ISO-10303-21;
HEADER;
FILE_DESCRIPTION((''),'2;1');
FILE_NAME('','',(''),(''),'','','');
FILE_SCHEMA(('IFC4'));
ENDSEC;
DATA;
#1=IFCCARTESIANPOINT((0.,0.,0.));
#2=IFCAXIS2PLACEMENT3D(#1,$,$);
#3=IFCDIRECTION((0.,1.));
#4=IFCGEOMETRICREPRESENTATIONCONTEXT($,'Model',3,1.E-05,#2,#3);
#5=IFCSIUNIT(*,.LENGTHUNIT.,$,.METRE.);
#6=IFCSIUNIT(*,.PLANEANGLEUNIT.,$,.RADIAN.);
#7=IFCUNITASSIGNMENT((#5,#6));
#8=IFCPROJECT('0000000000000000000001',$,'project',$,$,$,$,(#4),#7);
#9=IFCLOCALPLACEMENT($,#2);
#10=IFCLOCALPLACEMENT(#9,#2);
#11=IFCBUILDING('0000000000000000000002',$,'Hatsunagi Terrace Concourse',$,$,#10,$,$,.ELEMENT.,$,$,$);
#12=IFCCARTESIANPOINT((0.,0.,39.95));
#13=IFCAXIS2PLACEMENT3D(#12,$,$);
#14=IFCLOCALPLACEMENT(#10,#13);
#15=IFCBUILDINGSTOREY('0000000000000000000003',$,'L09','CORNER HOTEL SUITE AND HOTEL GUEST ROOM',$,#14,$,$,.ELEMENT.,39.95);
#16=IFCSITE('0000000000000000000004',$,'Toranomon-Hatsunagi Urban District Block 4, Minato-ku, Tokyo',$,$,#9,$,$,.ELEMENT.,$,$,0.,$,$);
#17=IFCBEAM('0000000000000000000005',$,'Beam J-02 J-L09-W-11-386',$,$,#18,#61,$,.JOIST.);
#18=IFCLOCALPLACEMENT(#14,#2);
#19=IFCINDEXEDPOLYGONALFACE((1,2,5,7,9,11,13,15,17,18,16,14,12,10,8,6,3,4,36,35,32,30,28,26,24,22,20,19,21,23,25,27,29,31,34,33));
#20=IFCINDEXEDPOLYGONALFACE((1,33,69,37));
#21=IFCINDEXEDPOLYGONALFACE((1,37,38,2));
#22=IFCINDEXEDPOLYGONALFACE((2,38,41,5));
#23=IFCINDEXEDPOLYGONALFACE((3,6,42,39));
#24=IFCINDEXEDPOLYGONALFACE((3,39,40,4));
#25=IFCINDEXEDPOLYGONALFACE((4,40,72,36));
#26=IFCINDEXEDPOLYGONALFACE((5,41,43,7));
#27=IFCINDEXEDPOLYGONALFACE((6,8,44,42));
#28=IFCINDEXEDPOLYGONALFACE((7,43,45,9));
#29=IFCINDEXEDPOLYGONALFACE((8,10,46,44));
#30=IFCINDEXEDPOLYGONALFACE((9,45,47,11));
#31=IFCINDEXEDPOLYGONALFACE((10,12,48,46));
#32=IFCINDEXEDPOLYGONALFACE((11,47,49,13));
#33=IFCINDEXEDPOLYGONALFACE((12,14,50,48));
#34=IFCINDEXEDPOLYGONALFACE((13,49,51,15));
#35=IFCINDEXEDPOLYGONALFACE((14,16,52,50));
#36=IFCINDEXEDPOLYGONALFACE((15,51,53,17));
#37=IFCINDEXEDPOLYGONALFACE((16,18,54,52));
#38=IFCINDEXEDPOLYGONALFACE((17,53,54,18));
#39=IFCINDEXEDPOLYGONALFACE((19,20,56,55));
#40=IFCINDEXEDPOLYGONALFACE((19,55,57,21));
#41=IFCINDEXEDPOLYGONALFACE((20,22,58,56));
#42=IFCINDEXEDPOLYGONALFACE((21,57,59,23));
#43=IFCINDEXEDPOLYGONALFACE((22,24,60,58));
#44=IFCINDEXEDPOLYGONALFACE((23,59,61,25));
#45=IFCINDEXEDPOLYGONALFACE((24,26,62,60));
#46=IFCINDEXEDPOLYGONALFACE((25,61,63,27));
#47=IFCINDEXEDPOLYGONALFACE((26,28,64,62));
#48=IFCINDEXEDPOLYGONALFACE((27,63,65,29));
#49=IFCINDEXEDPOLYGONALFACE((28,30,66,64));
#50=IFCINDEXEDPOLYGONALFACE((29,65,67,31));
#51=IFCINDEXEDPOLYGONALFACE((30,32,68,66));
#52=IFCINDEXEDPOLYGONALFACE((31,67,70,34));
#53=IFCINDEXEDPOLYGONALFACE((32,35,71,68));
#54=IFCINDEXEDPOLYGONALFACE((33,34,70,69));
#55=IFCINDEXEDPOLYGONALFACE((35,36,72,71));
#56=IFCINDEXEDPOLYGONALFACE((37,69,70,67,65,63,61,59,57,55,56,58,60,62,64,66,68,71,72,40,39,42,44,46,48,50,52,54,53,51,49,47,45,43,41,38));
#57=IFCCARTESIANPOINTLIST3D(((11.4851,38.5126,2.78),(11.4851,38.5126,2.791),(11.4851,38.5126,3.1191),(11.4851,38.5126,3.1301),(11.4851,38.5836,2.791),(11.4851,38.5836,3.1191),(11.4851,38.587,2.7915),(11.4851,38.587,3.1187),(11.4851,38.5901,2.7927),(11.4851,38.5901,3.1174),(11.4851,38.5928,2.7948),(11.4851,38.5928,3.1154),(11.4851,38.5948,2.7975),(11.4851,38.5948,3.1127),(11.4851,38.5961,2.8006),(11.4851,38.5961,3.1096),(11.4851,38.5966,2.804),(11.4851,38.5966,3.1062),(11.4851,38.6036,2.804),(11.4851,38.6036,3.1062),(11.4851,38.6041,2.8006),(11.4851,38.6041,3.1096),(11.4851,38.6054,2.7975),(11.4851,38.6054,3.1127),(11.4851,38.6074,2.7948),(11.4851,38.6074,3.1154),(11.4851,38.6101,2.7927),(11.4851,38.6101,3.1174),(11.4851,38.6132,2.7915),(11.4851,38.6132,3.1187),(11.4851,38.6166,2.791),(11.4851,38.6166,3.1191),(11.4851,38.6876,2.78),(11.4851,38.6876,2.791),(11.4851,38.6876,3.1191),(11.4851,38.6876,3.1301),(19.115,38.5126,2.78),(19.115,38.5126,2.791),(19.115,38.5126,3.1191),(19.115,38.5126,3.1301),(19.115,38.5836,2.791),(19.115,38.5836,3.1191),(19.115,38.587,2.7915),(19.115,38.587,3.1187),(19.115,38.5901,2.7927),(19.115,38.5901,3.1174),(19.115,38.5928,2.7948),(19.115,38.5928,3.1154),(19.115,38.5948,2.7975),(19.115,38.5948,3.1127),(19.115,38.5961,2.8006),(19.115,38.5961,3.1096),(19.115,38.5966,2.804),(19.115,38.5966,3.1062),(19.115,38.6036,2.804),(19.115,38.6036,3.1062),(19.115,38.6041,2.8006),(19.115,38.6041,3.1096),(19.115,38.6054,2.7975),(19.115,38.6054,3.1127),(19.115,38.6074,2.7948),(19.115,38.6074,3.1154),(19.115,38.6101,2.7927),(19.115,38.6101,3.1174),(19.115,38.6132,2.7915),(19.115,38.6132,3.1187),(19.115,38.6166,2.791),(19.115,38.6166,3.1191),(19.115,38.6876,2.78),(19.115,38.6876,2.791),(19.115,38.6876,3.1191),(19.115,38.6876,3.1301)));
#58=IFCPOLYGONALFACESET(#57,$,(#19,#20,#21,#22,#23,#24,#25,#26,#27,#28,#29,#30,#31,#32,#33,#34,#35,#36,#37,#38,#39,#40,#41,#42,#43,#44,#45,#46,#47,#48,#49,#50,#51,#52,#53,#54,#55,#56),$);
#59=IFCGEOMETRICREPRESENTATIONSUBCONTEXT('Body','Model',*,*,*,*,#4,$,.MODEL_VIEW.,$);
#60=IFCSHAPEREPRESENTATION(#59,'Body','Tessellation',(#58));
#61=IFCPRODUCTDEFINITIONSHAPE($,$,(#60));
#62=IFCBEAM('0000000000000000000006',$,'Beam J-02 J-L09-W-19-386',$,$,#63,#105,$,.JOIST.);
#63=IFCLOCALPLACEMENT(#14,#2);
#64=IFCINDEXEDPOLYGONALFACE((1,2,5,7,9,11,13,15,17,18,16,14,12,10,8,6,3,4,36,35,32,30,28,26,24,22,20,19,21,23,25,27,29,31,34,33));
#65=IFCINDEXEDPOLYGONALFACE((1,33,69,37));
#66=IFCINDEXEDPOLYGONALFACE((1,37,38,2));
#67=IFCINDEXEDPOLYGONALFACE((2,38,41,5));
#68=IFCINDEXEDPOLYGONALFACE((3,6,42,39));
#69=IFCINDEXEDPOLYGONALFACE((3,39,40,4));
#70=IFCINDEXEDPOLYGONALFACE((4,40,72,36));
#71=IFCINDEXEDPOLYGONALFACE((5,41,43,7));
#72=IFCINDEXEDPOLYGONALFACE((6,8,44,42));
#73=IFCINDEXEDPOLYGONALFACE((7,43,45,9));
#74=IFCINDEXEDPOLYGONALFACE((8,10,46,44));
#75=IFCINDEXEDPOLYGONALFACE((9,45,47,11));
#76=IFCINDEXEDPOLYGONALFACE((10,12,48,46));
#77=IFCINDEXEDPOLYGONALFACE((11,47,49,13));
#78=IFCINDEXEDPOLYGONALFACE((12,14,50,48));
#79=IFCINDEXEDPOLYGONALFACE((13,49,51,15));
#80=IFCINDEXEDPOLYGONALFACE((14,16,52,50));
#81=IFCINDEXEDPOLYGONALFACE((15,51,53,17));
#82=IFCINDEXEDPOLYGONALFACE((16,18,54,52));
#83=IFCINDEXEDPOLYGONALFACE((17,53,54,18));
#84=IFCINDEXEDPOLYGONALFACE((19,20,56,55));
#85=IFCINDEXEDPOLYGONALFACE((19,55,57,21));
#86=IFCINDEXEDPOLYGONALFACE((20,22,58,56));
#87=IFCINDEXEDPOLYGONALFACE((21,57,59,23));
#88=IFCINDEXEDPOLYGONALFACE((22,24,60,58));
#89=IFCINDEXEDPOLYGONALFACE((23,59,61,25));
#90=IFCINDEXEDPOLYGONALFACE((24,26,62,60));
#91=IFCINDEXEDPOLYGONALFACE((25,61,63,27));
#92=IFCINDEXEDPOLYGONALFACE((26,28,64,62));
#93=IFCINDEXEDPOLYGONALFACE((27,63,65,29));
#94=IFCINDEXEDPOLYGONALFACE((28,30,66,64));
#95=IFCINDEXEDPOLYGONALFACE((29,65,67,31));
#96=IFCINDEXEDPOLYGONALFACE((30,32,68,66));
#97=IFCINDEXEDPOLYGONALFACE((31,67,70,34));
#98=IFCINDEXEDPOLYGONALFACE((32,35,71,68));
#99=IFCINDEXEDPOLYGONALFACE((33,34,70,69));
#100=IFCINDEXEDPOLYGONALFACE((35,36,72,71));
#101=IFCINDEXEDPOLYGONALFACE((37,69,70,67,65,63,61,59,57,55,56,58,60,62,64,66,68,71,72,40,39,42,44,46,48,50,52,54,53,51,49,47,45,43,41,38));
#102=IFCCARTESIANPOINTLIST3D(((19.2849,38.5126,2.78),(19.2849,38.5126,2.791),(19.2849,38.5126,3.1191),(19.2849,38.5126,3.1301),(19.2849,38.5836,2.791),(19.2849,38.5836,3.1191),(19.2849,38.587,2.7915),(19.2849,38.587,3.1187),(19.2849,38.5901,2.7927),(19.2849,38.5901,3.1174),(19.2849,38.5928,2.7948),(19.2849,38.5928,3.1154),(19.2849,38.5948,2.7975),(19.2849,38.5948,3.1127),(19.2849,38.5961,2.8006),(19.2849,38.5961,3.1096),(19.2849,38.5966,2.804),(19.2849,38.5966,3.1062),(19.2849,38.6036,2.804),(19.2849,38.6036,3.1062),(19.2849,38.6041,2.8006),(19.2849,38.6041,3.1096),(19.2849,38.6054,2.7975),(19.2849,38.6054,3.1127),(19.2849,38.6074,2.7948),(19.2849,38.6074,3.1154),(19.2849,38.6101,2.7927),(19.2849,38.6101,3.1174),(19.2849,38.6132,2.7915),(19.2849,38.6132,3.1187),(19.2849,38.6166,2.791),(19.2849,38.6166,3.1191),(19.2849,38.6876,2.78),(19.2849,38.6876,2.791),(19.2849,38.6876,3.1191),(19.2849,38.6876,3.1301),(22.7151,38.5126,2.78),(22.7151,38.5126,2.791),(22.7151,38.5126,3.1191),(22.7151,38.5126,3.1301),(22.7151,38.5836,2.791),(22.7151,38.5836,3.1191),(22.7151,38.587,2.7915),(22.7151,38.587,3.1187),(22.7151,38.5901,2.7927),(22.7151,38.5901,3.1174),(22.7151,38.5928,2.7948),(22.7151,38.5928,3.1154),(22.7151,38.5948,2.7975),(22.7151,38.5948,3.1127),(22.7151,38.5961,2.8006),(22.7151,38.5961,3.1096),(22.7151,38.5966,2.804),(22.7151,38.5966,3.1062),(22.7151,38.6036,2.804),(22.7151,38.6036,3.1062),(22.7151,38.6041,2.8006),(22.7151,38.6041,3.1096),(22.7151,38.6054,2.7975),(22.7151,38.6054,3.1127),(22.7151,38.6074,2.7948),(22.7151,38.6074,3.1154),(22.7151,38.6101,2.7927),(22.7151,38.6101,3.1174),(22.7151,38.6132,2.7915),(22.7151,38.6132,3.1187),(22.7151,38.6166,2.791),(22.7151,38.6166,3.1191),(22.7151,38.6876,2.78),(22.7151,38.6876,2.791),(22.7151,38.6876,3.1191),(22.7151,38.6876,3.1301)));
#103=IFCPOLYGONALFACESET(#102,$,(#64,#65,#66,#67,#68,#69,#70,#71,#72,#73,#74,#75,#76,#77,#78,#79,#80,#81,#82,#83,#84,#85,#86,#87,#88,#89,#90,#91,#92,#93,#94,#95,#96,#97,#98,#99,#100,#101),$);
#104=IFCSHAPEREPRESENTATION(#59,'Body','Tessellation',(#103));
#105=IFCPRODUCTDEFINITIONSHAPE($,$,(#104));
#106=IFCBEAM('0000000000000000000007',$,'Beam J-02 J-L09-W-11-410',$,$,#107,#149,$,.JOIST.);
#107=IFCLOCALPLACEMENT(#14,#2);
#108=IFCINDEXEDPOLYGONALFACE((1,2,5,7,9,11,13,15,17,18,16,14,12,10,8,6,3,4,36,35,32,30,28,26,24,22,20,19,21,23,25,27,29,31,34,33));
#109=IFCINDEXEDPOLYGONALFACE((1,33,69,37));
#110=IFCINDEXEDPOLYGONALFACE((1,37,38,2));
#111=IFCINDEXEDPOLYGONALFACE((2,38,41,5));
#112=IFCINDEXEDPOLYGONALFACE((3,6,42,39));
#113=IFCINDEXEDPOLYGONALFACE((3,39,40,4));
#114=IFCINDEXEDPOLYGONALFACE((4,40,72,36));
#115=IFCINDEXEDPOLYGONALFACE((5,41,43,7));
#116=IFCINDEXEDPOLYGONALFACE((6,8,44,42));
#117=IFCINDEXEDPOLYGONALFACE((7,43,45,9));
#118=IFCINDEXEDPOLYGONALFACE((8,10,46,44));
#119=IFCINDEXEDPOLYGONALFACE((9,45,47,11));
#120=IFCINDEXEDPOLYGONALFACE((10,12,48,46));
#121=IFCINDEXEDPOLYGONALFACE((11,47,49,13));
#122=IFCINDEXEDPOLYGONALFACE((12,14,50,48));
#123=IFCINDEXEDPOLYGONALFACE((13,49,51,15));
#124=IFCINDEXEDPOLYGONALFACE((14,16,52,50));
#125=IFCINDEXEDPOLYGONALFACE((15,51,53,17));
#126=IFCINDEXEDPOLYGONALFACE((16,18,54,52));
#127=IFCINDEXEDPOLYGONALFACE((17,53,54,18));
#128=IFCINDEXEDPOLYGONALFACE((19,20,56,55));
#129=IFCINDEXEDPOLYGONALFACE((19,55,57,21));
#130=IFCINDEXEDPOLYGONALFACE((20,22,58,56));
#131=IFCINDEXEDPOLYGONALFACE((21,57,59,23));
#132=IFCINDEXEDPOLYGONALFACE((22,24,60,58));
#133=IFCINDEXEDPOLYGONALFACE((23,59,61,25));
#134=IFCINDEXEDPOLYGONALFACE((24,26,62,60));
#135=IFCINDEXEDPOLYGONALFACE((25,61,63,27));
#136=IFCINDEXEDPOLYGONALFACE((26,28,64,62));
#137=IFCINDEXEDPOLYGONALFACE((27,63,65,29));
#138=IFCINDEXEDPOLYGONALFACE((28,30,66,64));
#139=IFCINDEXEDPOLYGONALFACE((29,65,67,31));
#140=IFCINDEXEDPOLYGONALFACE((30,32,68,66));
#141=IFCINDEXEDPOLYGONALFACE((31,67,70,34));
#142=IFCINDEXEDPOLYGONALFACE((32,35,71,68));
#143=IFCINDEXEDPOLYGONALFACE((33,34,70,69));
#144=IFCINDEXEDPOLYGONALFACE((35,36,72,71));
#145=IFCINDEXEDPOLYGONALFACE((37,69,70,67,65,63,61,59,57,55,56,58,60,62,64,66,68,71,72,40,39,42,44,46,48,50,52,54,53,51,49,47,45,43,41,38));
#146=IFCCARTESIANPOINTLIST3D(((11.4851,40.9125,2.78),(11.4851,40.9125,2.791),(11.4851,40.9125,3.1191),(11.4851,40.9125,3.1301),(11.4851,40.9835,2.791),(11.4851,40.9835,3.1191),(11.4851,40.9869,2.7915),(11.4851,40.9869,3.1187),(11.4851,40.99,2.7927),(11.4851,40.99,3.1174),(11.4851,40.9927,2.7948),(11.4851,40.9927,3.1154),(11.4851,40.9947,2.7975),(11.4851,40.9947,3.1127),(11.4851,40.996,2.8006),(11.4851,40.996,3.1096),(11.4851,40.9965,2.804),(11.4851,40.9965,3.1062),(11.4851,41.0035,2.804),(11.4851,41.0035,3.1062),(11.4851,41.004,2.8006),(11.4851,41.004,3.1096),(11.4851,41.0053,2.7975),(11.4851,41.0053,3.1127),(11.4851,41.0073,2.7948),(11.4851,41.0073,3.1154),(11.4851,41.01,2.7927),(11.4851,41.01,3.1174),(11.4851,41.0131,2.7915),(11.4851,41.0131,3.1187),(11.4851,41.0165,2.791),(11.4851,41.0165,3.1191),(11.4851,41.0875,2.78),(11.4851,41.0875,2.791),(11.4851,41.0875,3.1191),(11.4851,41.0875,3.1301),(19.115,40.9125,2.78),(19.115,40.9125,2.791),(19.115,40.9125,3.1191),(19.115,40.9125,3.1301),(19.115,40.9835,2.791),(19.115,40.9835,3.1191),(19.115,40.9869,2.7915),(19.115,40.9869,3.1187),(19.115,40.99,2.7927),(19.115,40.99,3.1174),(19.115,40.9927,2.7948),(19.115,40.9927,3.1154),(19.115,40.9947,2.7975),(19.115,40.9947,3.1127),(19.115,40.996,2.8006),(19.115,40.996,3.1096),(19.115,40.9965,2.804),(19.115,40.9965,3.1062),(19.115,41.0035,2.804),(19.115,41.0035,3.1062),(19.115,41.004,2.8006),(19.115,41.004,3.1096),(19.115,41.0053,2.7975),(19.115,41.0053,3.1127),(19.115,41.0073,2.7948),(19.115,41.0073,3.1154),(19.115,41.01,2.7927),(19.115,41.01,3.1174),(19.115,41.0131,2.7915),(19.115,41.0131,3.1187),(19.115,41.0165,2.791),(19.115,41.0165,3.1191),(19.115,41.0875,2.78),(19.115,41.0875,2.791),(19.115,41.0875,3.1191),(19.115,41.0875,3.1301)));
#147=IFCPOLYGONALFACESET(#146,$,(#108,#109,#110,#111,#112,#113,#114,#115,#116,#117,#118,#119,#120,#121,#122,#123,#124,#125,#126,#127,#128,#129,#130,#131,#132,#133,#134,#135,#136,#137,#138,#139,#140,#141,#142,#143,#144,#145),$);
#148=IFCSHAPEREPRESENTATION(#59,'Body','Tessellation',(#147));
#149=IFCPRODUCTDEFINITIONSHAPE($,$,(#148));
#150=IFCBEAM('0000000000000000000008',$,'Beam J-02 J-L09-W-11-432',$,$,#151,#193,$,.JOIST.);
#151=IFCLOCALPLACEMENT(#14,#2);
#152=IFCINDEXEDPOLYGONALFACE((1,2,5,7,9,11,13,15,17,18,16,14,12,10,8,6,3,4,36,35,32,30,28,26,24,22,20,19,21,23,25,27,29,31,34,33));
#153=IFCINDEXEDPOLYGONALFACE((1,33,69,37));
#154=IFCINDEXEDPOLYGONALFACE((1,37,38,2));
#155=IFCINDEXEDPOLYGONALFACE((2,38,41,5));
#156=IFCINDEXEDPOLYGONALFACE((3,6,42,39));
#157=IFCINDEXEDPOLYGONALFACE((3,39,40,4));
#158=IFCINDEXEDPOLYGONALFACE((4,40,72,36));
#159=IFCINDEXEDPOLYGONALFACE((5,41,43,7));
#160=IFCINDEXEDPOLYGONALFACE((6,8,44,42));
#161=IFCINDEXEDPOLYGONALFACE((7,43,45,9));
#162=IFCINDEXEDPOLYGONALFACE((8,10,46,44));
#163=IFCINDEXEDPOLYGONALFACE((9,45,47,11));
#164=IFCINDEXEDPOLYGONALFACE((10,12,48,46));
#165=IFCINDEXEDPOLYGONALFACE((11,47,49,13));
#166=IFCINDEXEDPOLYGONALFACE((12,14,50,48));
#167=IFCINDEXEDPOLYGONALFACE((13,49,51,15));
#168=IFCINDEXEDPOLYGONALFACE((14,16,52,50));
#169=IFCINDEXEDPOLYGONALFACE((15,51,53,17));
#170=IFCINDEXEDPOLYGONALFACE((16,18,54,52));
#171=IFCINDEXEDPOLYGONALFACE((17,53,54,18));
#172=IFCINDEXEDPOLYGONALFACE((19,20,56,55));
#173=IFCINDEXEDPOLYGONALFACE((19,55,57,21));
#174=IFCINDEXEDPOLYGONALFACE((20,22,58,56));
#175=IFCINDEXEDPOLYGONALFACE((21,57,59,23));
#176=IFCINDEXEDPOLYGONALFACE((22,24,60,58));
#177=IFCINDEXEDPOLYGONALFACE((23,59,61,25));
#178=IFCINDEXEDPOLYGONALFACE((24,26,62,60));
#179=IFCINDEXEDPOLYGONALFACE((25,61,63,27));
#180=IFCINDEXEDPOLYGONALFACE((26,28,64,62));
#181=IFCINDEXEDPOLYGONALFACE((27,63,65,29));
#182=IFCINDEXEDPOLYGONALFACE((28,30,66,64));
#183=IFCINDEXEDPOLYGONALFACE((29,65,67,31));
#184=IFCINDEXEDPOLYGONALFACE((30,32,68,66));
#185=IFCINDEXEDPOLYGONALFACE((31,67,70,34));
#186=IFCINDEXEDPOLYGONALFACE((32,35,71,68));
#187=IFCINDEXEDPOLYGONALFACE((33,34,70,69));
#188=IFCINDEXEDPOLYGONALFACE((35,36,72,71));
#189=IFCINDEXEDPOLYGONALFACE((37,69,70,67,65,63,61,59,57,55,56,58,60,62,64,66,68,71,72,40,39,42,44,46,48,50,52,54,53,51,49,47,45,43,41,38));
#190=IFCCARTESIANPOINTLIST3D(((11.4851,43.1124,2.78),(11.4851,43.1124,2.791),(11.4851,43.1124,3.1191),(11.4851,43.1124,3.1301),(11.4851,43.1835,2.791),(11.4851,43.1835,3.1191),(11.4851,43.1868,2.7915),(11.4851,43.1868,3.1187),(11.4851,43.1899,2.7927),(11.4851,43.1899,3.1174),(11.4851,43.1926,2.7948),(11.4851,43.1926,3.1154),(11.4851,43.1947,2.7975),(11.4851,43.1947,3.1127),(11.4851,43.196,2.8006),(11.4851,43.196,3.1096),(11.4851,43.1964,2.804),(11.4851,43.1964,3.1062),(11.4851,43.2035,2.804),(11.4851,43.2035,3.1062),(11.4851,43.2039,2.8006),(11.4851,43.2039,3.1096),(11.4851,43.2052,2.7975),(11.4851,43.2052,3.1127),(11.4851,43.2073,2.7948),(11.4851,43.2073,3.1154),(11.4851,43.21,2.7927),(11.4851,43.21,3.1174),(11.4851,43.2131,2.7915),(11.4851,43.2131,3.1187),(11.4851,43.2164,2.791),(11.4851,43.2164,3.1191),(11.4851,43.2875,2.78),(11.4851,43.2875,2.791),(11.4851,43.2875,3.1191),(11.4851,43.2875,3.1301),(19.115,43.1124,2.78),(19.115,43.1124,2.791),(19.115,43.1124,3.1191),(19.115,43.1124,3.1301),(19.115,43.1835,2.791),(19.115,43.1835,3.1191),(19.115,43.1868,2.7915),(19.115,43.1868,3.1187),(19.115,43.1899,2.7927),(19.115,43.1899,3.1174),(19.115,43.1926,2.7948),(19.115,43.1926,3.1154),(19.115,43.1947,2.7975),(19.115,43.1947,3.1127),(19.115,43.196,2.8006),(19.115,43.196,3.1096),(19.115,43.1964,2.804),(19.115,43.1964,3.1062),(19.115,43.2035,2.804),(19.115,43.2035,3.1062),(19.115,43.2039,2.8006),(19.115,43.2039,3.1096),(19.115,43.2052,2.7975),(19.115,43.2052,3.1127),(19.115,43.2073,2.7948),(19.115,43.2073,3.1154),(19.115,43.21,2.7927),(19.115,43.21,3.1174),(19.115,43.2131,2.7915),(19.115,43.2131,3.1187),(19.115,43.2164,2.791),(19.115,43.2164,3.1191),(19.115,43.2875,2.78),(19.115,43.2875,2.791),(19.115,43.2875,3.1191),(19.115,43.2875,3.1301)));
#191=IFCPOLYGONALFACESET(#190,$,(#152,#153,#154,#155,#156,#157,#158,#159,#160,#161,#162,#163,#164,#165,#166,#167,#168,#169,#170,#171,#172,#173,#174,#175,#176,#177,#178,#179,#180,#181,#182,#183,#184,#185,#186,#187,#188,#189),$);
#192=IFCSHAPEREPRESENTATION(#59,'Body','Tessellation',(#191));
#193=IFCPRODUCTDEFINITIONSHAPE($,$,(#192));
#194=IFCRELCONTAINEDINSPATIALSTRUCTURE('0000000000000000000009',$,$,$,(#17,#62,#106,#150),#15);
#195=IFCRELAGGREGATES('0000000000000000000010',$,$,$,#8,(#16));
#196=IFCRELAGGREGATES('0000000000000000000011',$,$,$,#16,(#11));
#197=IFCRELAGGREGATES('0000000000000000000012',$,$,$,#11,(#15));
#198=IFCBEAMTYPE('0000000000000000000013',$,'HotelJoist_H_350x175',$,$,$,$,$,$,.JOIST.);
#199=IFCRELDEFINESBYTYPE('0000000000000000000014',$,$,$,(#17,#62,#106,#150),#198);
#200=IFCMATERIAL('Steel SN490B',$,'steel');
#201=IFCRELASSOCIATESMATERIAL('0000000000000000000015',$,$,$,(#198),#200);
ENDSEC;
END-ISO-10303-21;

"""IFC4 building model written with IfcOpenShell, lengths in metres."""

from ifc_helpers import new_model, si_unit, direction, frame, origin, origin_2d, place, context, subcontext, project, spatial, i_section, extrude, material, material_profile, profile_set, type_object, element, save


model = new_model("IFC4")

# Units and contexts
model_context = context("Model", 3, precision=1e-05, world=origin(), true_north=direction((0.0, 1.0)))
body_context = subcontext(model_context, "Body", "Model", "MODEL_VIEW")
ifc_project = project(units=[si_unit("LENGTHUNIT", "METRE"), si_unit("PLANEANGLEUNIT", "RADIAN")], contexts=[model_context])

# Site, building, storey
site_placement = place(None, origin())
site = spatial("IfcSite", under=ifc_project, at=site_placement, Name="Toranomon-Hatsunagi Urban District Block 4, Minato-ku, Tokyo", CompositionType="ELEMENT", RefElevation=0.0)
building_placement = place(site_placement, origin())
building = spatial("IfcBuilding", under=site, at=building_placement, Name="Hatsunagi Terrace Concourse", CompositionType="ELEMENT")
storey_placement = place(building_placement, frame((0.0, 0.0, 39.95)))
storey = spatial("IfcBuildingStorey", under=building, at=storey_placement, Name="L09", Description="CORNER HOTEL SUITE AND HOTEL GUEST ROOM", CompositionType="ELEMENT", Elevation=39.95)

# Beams
ifc_material_1 = material(Name="Steel SN490B", Category="steel")
ifc_material_profile_1 = material_profile(ifc_material_1, i_section(OverallWidth=0.175, OverallDepth=0.3501, WebThickness=0.0071, FlangeThickness=0.011, FilletRadius=0.0129, at=origin_2d()), Name="H-350x175x7x11")
ifc_profile_set_1 = profile_set([ifc_material_profile_1], Name="Steel SN490B")
beam_type_1 = type_object("IfcBeamType", Name="HotelJoist_H_350x175", PredefinedType="JOIST", material=ifc_profile_set_1)
beam_1_placement = place(storey_placement, frame((11.4851, 38.6001, 2.9551), z_axis=(1.0, 0.0, 0.0), x_axis=(0.0, 1.0, 0.0)))
element("IfcBeam", 1, at=beam_1_placement, inside=storey, type_object=beam_type_1, Name="Beam J-02 J-L09-W-11-386", PredefinedType="JOIST", context=body_context, shape_type="SweptSolid", body=[
    extrude(i_section(OverallWidth=0.175, OverallDepth=0.3501, WebThickness=0.0071, FlangeThickness=0.011, FilletRadius=0.0129, at=origin_2d()), origin(), (0.0, 0.0, 1.0), 7.6299),
])
beam_2_placement = place(storey_placement, frame((19.2849, 38.6001, 2.9551), z_axis=(1.0, 0.0, 0.0), x_axis=(0.0, 1.0, 0.0)))
element("IfcBeam", 2, at=beam_2_placement, inside=storey, type_object=beam_type_1, Name="Beam J-02 J-L09-W-19-386", PredefinedType="JOIST", context=body_context, shape_type="SweptSolid", body=[
    extrude(i_section(OverallWidth=0.175, OverallDepth=0.3501, WebThickness=0.0071, FlangeThickness=0.011, FilletRadius=0.0129, at=origin_2d()), origin(), (0.0, 0.0, 1.0), 3.4302),
])
for number, where, z_axis, x_axis, name in (
    (3, (11.4851, 41.0, 2.9551), (1.0, 0.0, 0.0), (0.0, 1.0, 0.0), "Beam J-02 J-L09-W-11-410"),
    (4, (11.4851, 43.2, 2.9551), (1.0, 0.0, 0.0), (0.0, 1.0, 0.0), "Beam J-02 J-L09-W-11-432"),
):
    element("IfcBeam", number, at=place(storey_placement, frame(where, z_axis=z_axis, x_axis=x_axis)), inside=storey, type_object=beam_type_1, Name=name, PredefinedType="JOIST", context=body_context, shape_type="SweptSolid", body=[
        extrude(i_section(OverallWidth=0.175, OverallDepth=0.3501, WebThickness=0.0071, FlangeThickness=0.011, FilletRadius=0.0129, at=origin_2d()), origin(), (0.0, 0.0, 1.0), 7.6299),
    ])

save(model, "model.ifc")
